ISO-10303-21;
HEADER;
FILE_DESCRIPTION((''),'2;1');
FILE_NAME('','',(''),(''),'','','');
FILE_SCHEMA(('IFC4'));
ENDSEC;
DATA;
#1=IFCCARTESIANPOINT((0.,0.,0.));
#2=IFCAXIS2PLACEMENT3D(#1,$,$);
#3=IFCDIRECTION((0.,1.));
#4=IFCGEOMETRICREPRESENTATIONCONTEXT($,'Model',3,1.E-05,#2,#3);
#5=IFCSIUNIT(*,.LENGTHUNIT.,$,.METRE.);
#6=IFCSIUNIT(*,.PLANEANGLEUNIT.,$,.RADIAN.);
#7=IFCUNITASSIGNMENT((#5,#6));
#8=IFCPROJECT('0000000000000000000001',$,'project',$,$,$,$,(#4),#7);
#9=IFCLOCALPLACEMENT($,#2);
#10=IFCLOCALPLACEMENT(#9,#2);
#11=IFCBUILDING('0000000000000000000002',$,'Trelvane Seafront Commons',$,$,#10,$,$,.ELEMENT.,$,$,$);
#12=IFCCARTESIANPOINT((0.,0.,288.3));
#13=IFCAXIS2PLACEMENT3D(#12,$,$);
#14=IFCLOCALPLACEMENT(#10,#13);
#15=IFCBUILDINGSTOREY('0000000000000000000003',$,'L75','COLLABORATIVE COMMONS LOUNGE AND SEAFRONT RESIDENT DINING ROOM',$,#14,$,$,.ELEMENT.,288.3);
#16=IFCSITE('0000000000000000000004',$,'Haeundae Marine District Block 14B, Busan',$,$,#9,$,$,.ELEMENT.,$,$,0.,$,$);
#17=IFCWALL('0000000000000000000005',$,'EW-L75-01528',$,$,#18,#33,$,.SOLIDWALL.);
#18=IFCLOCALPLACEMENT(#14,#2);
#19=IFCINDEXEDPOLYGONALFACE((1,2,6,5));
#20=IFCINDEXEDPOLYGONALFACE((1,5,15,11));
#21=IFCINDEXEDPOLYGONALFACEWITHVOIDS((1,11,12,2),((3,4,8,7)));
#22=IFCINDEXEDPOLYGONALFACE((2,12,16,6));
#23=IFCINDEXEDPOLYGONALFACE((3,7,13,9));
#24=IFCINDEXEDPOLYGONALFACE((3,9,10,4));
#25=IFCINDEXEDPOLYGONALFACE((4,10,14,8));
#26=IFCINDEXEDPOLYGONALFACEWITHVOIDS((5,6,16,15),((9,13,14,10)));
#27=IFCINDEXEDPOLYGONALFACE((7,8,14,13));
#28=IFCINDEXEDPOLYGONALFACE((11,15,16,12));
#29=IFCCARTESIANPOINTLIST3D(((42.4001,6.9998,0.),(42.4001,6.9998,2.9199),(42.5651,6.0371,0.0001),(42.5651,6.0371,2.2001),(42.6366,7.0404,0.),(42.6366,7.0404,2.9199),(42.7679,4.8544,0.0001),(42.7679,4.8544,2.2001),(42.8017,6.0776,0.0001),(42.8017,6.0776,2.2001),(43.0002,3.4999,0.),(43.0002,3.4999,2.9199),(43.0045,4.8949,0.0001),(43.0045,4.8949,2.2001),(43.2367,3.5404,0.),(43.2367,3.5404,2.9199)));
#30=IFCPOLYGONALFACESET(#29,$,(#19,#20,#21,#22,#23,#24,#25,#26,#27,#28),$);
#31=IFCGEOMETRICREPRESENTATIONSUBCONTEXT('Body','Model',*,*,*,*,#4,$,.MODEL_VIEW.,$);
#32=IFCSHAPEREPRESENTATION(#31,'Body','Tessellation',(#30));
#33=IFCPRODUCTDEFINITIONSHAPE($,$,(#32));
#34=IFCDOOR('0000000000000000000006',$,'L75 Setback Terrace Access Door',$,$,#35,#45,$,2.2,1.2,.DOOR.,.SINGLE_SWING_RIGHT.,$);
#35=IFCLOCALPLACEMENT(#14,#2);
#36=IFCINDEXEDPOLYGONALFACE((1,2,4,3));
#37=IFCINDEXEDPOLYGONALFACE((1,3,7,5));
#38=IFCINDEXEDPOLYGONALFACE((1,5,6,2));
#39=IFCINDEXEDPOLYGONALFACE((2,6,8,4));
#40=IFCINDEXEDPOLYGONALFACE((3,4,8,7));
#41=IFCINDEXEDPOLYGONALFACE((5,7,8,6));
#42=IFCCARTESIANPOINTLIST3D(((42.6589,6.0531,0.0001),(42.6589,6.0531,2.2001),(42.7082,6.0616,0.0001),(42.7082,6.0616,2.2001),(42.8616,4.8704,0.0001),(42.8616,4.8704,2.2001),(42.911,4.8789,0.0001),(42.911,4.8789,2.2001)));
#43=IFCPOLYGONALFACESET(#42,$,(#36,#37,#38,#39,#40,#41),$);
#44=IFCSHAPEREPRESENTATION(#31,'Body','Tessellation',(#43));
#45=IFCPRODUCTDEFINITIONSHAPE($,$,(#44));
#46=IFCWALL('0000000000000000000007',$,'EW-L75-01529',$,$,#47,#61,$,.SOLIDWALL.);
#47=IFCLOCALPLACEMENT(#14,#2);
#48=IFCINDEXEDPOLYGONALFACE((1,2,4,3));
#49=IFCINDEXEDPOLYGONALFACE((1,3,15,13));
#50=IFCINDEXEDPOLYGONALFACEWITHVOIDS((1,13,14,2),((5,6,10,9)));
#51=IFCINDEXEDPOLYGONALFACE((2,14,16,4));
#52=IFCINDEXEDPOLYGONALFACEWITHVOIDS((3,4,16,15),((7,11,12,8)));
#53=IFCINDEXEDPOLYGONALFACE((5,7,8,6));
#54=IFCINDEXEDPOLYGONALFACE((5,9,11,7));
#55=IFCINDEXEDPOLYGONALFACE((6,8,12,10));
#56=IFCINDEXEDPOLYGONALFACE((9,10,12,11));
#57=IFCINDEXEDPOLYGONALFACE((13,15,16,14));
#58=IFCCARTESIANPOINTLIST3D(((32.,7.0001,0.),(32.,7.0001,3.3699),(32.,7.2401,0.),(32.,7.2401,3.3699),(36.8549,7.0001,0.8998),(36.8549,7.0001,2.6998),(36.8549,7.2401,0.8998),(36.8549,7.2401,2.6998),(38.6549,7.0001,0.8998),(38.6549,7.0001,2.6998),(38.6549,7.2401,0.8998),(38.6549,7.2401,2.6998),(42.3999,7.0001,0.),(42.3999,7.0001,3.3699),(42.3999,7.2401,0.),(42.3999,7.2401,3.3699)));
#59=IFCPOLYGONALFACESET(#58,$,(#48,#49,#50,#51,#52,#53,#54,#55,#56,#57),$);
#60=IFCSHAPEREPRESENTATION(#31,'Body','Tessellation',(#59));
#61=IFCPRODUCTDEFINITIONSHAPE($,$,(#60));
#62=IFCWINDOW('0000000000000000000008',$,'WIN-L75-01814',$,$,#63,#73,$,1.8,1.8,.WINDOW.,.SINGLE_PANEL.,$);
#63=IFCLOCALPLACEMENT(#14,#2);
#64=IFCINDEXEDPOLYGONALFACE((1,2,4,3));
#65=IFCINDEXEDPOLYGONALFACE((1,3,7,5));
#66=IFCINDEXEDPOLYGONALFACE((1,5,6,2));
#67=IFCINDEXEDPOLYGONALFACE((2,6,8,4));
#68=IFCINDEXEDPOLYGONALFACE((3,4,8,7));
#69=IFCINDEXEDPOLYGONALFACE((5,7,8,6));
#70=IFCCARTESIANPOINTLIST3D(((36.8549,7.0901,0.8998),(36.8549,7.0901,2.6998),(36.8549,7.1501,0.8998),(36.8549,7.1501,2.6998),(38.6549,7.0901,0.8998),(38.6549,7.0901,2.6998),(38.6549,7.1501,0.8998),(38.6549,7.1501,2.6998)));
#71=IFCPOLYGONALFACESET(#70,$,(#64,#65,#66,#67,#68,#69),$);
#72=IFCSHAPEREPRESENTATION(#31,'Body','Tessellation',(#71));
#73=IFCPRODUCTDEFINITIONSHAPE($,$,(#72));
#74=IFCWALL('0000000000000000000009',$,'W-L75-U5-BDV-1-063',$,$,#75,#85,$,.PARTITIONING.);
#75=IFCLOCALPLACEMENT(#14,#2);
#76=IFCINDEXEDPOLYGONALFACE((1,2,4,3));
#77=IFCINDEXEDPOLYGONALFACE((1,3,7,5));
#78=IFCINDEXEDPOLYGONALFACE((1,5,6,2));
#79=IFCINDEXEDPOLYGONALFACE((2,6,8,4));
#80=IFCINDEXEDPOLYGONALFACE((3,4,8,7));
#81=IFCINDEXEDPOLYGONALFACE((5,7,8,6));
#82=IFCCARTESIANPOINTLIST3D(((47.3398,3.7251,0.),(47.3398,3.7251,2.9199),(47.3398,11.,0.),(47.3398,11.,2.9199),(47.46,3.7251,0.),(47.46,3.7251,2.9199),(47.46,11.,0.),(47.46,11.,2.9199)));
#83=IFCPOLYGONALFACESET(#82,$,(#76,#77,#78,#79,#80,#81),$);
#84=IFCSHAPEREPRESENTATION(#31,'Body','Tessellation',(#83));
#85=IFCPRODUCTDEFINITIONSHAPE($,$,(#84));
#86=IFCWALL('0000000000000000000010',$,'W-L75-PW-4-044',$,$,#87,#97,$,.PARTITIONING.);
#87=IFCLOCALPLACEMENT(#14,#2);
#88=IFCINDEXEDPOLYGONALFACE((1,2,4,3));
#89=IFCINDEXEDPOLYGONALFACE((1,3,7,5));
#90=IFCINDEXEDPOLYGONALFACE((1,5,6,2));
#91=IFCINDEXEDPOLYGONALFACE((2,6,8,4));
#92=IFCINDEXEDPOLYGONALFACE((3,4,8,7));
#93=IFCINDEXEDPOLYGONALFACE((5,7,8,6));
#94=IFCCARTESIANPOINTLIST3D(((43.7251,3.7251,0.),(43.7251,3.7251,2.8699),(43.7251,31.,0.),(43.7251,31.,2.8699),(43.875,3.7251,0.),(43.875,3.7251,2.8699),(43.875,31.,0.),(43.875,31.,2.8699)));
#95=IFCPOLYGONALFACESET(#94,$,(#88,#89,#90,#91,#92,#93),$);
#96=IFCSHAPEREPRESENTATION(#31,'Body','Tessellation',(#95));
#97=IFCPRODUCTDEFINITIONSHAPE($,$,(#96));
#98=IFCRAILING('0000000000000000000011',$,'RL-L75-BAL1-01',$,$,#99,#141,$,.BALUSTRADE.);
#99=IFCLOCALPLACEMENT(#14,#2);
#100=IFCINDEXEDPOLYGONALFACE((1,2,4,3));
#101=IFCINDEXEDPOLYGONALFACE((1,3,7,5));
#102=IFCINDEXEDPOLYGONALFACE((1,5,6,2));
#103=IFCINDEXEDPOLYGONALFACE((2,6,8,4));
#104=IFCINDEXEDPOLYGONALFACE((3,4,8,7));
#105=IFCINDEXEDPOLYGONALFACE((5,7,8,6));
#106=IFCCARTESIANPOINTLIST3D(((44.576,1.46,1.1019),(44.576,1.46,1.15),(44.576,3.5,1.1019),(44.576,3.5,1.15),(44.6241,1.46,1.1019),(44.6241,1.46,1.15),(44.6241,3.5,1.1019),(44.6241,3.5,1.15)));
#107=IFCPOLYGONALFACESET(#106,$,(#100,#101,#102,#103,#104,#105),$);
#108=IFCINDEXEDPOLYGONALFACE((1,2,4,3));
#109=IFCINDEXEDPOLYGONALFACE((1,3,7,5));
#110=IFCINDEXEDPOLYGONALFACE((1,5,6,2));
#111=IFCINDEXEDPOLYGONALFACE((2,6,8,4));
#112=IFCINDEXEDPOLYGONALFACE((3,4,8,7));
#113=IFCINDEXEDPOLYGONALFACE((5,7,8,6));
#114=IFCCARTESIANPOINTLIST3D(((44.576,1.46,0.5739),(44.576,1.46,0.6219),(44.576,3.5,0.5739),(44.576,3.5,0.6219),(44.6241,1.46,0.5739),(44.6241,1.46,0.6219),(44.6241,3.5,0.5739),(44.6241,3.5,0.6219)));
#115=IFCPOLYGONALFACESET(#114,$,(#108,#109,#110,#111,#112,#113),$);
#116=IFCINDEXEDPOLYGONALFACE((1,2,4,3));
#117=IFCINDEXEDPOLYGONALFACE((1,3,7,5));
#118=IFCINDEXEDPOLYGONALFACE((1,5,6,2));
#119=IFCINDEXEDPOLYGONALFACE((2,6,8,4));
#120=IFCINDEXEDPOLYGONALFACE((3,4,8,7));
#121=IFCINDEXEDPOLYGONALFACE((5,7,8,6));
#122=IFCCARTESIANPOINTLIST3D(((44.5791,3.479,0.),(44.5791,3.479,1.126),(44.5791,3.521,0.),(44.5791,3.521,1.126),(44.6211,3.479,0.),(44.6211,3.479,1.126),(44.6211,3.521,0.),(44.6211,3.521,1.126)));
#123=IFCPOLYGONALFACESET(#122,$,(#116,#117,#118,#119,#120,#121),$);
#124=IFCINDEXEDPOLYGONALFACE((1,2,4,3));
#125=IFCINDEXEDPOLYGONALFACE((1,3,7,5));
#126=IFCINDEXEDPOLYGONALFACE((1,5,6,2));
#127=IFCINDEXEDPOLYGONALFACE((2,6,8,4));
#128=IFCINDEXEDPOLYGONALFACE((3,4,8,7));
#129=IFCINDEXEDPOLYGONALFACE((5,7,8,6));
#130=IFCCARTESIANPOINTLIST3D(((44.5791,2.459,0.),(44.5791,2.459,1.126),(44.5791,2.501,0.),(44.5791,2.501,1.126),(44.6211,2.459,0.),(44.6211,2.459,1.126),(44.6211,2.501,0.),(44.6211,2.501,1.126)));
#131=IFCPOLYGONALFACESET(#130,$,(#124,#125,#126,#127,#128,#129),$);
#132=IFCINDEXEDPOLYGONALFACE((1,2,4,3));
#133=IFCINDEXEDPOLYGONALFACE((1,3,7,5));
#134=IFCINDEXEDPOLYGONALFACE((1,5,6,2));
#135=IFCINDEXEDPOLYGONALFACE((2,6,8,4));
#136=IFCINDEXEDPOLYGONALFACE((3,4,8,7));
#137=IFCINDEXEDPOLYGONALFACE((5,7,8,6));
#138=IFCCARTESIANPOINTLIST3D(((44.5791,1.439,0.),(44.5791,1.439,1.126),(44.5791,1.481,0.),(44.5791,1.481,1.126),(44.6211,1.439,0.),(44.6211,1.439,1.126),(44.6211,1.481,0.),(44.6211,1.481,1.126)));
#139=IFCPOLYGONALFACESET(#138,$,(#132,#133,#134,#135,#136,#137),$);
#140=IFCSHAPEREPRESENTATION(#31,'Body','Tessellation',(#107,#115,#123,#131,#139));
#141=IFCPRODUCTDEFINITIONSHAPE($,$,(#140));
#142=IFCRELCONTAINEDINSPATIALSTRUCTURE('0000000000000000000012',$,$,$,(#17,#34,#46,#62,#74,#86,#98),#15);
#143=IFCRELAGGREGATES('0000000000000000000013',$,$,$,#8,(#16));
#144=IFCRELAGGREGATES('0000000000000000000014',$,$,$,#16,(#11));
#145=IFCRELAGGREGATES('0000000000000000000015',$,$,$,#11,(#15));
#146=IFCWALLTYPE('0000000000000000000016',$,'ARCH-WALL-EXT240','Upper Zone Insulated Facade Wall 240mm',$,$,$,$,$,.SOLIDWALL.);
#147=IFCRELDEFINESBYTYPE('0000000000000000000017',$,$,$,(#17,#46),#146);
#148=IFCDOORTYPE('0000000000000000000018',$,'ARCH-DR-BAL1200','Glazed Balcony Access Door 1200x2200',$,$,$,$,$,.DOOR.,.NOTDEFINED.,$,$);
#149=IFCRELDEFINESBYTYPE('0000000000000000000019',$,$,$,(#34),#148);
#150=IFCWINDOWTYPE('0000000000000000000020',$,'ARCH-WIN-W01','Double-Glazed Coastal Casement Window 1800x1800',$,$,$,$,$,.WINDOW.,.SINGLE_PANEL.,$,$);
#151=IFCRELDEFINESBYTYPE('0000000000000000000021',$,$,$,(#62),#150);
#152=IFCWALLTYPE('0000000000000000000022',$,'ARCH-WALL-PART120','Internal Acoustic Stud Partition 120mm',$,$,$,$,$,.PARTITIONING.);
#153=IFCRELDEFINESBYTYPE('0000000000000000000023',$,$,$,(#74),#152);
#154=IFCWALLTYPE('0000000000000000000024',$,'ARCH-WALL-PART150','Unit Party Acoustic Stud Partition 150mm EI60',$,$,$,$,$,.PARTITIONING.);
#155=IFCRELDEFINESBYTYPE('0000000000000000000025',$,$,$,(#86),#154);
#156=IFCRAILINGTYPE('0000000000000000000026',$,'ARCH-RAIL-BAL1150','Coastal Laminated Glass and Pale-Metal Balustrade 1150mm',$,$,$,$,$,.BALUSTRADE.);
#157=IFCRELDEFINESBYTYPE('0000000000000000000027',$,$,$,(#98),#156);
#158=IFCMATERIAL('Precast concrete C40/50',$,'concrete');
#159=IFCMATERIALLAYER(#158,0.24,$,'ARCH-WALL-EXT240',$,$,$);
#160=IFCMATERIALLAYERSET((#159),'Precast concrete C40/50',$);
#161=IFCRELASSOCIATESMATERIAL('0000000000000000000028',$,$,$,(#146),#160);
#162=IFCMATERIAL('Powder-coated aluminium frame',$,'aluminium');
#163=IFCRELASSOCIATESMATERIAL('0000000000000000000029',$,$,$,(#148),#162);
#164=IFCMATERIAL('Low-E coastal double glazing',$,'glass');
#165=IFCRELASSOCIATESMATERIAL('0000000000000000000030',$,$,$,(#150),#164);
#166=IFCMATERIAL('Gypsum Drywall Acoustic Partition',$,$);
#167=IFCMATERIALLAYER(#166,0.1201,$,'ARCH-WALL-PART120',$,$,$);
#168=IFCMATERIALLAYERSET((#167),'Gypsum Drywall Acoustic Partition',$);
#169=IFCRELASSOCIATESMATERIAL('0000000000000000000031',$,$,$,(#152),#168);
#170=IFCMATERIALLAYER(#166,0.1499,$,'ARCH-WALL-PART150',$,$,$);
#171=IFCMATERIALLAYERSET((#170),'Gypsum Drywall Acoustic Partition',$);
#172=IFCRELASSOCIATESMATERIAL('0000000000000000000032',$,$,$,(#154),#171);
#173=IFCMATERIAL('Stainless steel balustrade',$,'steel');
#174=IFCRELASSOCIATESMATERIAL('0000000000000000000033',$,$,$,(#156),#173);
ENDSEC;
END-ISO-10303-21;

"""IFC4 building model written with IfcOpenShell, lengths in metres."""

from ifc_helpers import new_model, si_unit, direction, frame, frame_2d, origin, origin_2d, place, context, subcontext, project, spatial, rectangle, extrude, source, transform, mapped, material, layer, layer_set, type_object, element, fill, save


model = new_model("IFC4")

# Units and contexts
model_context = context("Model", 3, precision=1e-05, world=origin(), true_north=direction((0.0, 1.0)))
body_context = subcontext(model_context, "Body", "Model", "MODEL_VIEW")
ifc_project = project(units=[si_unit("LENGTHUNIT", "METRE"), si_unit("PLANEANGLEUNIT", "RADIAN")], contexts=[model_context])

# Site, building, storey
site_placement = place(None, origin())
site = spatial("IfcSite", under=ifc_project, at=site_placement, Name="Haeundae Marine District Block 14B, Busan", CompositionType="ELEMENT", RefElevation=0.0)
building_placement = place(site_placement, origin())
building = spatial("IfcBuilding", under=site, at=building_placement, Name="Trelvane Seafront Commons", CompositionType="ELEMENT")
storey_placement = place(building_placement, frame((0.0, 0.0, 288.3)))
storey = spatial("IfcBuildingStorey", under=building, at=storey_placement, Name="L75", Description="COLLABORATIVE COMMONS LOUNGE AND SEAFRONT RESIDENT DINING ROOM", CompositionType="ELEMENT", Elevation=288.3)

# Wall, opening, door
ifc_material_1 = material(Name="Precast concrete C40/50", Category="concrete")
ifc_layer_1 = layer(ifc_material_1, 0.24, Name="ARCH-WALL-EXT240")
ifc_layer_set_1 = layer_set([ifc_layer_1], Name="Precast concrete C40/50")
wall_type_1 = type_object("IfcWallType", Name="ARCH-WALL-EXT240", Description="Upper Zone Insulated Facade Wall 240mm", PredefinedType="SOLIDWALL", material=ifc_layer_set_1)
wall_1_placement = place(storey_placement, frame((43.1184, 3.5203, 0.0), z_axis=(0.0, 0.0, 1.0), x_axis=(-0.168991, 0.985618, 0.0)))
wall_1 = element("IfcWall", 1, at=wall_1_placement, inside=storey, type_object=wall_type_1, Name="EW-L75-01528", PredefinedType="SOLIDWALL", context=body_context, shape_type="SweptSolid", body=[
    extrude(rectangle(XDim=3.551, YDim=0.24, at=frame_2d((1.7754, 0.0))), origin(), (0.0, 0.0, 1.0), 2.9199),
])
opening_1_placement = place(wall_1_placement, frame((1.374, 0.0, 0.0)))
opening_1 = element("IfcOpeningElement", 2, at=opening_1_placement, cuts=wall_1, PredefinedType="OPENING", context=body_context, shape_type="SweptSolid", body=[
    extrude(rectangle(XDim=1.2, YDim=2.2, at=frame_2d((0.6001, 1.1001))), frame((0.0, 0.1299, 0.0), z_axis=(0.0, -1.0, 0.0), x_axis=(1.0, 0.0, 0.0)), (0.0, 0.0, 1.0), 0.26),
])
ifc_material_2 = material(Name="Powder-coated aluminium frame", Category="aluminium")
door_type_1 = type_object("IfcDoorType", Name="ARCH-DR-BAL1200", Description="Glazed Balcony Access Door 1200x2200", OperationType="NOTDEFINED", PredefinedType="DOOR", material=ifc_material_2)
shared_shape_1 = source(origin(), body_context, "Body", "SweptSolid", [
    extrude(rectangle(XDim=1.2, YDim=2.2, at=frame_2d((0.6001, 1.1001))), frame((0.0, 0.0249, 0.0), z_axis=(0.0, -1.0, 0.0), x_axis=(1.0, 0.0, 0.0)), (0.0, 0.0, 1.0), 0.05),
])
door_1_placement = place(opening_1_placement, origin())
door_1 = element("IfcDoor", 3, at=door_1_placement, inside=storey, type_object=door_type_1, Name="L75 Setback Terrace Access Door", OperationType="SINGLE_SWING_RIGHT", OverallHeight=2.2, OverallWidth=1.2, PredefinedType="DOOR", context=body_context, shape_type="MappedRepresentation", body=[
    mapped(shared_shape_1, transform((0.0, 0.0, 0.0), x_axis=(1.0, 0.0, 0.0), y_axis=(0.0, 1.0, 0.0), z_axis=(0.0, 0.0, 1.0), scale=1.0)),
])
fill(opening_1, door_1)

# Wall, opening, window
wall_2_placement = place(storey_placement, frame((42.3999, 7.1201, 0.0), z_axis=(0.0, 0.0, 1.0), x_axis=(-1.0, 0.0, 0.0)))
wall_2 = element("IfcWall", 4, at=wall_2_placement, inside=storey, type_object=wall_type_1, Name="EW-L75-01529", PredefinedType="SOLIDWALL", context=body_context, shape_type="SweptSolid", body=[
    extrude(rectangle(XDim=10.3999, YDim=0.24, at=frame_2d((5.2, 0.0))), origin(), (0.0, 0.0, 1.0), 3.3699),
])
opening_2_placement = place(wall_2_placement, frame((3.7451, 0.0, 0.8999)))
opening_2 = element("IfcOpeningElement", 5, at=opening_2_placement, cuts=wall_2, PredefinedType="OPENING", context=body_context, shape_type="SweptSolid", body=[
    extrude(rectangle(XDim=1.8, YDim=1.8, at=frame_2d((0.8999, 0.8999))), frame((0.0, 0.1299, 0.0), z_axis=(0.0, -1.0, 0.0), x_axis=(1.0, 0.0, 0.0)), (0.0, 0.0, 1.0), 0.26),
])
ifc_material_3 = material(Name="Low-E coastal double glazing", Category="glass")
window_type = type_object("IfcWindowType", Name="ARCH-WIN-W01", Description="Double-Glazed Coastal Casement Window 1800x1800", PartitioningType="SINGLE_PANEL", PredefinedType="WINDOW", material=ifc_material_3)
shared_shape_2 = source(origin(), body_context, "Body", "SweptSolid", [
    extrude(rectangle(XDim=1.8, YDim=1.8, at=frame_2d((0.8999, 0.8999))), frame((0.0, 0.03, 0.0), z_axis=(0.0, -1.0, 0.0), x_axis=(1.0, 0.0, 0.0)), (0.0, 0.0, 1.0), 0.0601),
])
window_placement = place(opening_2_placement, origin())
window = element("IfcWindow", 6, at=window_placement, inside=storey, type_object=window_type, Name="WIN-L75-01814", OverallHeight=1.8, OverallWidth=1.8, PartitioningType="SINGLE_PANEL", PredefinedType="WINDOW", context=body_context, shape_type="MappedRepresentation", body=[
    mapped(shared_shape_2, transform((0.0, 0.0, 0.0), x_axis=(1.0, 0.0, 0.0), y_axis=(0.0, 1.0, 0.0), z_axis=(0.0, 0.0, 1.0), scale=1.0)),
])
fill(opening_2, window)

# Shared definitions
ifc_material_4 = material(Name="Gypsum Drywall Acoustic Partition")
ifc_layer_2 = layer(ifc_material_4, 0.1201, Name="ARCH-WALL-PART120")
ifc_layer_set_2 = layer_set([ifc_layer_2], Name="Gypsum Drywall Acoustic Partition")
wall_type_2 = type_object("IfcWallType", Name="ARCH-WALL-PART120", Description="Internal Acoustic Stud Partition 120mm", PredefinedType="PARTITIONING", material=ifc_layer_set_2)

# Walls
wall_3_placement = place(storey_placement, frame((47.3999, 3.7251, 0.0), z_axis=(0.0, 0.0, 1.0), x_axis=(0.0, 1.0, 0.0)))
element("IfcWall", 7, at=wall_3_placement, inside=storey, type_object=wall_type_2, Name="W-L75-U5-BDV-1-063", PredefinedType="PARTITIONING", context=body_context, shape_type="SweptSolid", body=[
    extrude(rectangle(XDim=7.2749, YDim=0.1201, at=frame_2d((3.6375, 0.0))), origin(), (0.0, 0.0, 1.0), 2.9199),
])
ifc_layer_3 = layer(ifc_material_4, 0.1499, Name="ARCH-WALL-PART150")
ifc_layer_set_3 = layer_set([ifc_layer_3], Name="Gypsum Drywall Acoustic Partition")
wall_type_3 = type_object("IfcWallType", Name="ARCH-WALL-PART150", Description="Unit Party Acoustic Stud Partition 150mm EI60", PredefinedType="PARTITIONING", material=ifc_layer_set_3)
wall_4_placement = place(storey_placement, frame((43.8, 3.7251, 0.0), z_axis=(0.0, 0.0, 1.0), x_axis=(0.0, 1.0, 0.0)))
element("IfcWall", 8, at=wall_4_placement, inside=storey, type_object=wall_type_3, Name="W-L75-PW-4-044", PredefinedType="PARTITIONING", context=body_context, shape_type="SweptSolid", body=[
    extrude(rectangle(XDim=27.2749, YDim=0.1499, at=frame_2d((13.6375, 0.0))), origin(), (0.0, 0.0, 1.0), 2.8699),
])

# Railing
ifc_material_5 = material(Name="Stainless steel balustrade", Category="steel")
railing_type = type_object("IfcRailingType", Name="ARCH-RAIL-BAL1150", Description="Coastal Laminated Glass and Pale-Metal Balustrade 1150mm", PredefinedType="BALUSTRADE", material=ifc_material_5)
railing_1_placement = place(storey_placement, frame((44.6001, 3.5, 0.0)))
element("IfcRailing", 9, at=railing_1_placement, inside=storey, type_object=railing_type, Name="RL-L75-BAL1-01", PredefinedType="BALUSTRADE", context=body_context, shape_type="SweptSolid", body=[
    extrude(rectangle(XDim=0.0481, YDim=0.0481, at=origin_2d()), frame((0.0, 0.0, 1.126), z_axis=(0.0, -1.0, 0.0), x_axis=(1.0, 0.0, 0.0)), (0.0, 0.0, 1.0), 2.04),
    extrude(rectangle(XDim=0.0481, YDim=0.0481, at=origin_2d()), frame((0.0, 0.0, 0.5979), z_axis=(0.0, -1.0, 0.0), x_axis=(1.0, 0.0, 0.0)), (0.0, 0.0, 1.0), 2.04),
    extrude(rectangle(XDim=0.042, YDim=0.042, at=origin_2d()), origin(), (0.0, 0.0, 1.0), 1.126),
    extrude(rectangle(XDim=0.042, YDim=0.042, at=origin_2d()), frame((0.0, -1.02, 0.0)), (0.0, 0.0, 1.0), 1.126),
    extrude(rectangle(XDim=0.042, YDim=0.042, at=origin_2d()), frame((0.0, -2.04, 0.0)), (0.0, 0.0, 1.0), 1.126),
])

save(model, "model.ifc")
